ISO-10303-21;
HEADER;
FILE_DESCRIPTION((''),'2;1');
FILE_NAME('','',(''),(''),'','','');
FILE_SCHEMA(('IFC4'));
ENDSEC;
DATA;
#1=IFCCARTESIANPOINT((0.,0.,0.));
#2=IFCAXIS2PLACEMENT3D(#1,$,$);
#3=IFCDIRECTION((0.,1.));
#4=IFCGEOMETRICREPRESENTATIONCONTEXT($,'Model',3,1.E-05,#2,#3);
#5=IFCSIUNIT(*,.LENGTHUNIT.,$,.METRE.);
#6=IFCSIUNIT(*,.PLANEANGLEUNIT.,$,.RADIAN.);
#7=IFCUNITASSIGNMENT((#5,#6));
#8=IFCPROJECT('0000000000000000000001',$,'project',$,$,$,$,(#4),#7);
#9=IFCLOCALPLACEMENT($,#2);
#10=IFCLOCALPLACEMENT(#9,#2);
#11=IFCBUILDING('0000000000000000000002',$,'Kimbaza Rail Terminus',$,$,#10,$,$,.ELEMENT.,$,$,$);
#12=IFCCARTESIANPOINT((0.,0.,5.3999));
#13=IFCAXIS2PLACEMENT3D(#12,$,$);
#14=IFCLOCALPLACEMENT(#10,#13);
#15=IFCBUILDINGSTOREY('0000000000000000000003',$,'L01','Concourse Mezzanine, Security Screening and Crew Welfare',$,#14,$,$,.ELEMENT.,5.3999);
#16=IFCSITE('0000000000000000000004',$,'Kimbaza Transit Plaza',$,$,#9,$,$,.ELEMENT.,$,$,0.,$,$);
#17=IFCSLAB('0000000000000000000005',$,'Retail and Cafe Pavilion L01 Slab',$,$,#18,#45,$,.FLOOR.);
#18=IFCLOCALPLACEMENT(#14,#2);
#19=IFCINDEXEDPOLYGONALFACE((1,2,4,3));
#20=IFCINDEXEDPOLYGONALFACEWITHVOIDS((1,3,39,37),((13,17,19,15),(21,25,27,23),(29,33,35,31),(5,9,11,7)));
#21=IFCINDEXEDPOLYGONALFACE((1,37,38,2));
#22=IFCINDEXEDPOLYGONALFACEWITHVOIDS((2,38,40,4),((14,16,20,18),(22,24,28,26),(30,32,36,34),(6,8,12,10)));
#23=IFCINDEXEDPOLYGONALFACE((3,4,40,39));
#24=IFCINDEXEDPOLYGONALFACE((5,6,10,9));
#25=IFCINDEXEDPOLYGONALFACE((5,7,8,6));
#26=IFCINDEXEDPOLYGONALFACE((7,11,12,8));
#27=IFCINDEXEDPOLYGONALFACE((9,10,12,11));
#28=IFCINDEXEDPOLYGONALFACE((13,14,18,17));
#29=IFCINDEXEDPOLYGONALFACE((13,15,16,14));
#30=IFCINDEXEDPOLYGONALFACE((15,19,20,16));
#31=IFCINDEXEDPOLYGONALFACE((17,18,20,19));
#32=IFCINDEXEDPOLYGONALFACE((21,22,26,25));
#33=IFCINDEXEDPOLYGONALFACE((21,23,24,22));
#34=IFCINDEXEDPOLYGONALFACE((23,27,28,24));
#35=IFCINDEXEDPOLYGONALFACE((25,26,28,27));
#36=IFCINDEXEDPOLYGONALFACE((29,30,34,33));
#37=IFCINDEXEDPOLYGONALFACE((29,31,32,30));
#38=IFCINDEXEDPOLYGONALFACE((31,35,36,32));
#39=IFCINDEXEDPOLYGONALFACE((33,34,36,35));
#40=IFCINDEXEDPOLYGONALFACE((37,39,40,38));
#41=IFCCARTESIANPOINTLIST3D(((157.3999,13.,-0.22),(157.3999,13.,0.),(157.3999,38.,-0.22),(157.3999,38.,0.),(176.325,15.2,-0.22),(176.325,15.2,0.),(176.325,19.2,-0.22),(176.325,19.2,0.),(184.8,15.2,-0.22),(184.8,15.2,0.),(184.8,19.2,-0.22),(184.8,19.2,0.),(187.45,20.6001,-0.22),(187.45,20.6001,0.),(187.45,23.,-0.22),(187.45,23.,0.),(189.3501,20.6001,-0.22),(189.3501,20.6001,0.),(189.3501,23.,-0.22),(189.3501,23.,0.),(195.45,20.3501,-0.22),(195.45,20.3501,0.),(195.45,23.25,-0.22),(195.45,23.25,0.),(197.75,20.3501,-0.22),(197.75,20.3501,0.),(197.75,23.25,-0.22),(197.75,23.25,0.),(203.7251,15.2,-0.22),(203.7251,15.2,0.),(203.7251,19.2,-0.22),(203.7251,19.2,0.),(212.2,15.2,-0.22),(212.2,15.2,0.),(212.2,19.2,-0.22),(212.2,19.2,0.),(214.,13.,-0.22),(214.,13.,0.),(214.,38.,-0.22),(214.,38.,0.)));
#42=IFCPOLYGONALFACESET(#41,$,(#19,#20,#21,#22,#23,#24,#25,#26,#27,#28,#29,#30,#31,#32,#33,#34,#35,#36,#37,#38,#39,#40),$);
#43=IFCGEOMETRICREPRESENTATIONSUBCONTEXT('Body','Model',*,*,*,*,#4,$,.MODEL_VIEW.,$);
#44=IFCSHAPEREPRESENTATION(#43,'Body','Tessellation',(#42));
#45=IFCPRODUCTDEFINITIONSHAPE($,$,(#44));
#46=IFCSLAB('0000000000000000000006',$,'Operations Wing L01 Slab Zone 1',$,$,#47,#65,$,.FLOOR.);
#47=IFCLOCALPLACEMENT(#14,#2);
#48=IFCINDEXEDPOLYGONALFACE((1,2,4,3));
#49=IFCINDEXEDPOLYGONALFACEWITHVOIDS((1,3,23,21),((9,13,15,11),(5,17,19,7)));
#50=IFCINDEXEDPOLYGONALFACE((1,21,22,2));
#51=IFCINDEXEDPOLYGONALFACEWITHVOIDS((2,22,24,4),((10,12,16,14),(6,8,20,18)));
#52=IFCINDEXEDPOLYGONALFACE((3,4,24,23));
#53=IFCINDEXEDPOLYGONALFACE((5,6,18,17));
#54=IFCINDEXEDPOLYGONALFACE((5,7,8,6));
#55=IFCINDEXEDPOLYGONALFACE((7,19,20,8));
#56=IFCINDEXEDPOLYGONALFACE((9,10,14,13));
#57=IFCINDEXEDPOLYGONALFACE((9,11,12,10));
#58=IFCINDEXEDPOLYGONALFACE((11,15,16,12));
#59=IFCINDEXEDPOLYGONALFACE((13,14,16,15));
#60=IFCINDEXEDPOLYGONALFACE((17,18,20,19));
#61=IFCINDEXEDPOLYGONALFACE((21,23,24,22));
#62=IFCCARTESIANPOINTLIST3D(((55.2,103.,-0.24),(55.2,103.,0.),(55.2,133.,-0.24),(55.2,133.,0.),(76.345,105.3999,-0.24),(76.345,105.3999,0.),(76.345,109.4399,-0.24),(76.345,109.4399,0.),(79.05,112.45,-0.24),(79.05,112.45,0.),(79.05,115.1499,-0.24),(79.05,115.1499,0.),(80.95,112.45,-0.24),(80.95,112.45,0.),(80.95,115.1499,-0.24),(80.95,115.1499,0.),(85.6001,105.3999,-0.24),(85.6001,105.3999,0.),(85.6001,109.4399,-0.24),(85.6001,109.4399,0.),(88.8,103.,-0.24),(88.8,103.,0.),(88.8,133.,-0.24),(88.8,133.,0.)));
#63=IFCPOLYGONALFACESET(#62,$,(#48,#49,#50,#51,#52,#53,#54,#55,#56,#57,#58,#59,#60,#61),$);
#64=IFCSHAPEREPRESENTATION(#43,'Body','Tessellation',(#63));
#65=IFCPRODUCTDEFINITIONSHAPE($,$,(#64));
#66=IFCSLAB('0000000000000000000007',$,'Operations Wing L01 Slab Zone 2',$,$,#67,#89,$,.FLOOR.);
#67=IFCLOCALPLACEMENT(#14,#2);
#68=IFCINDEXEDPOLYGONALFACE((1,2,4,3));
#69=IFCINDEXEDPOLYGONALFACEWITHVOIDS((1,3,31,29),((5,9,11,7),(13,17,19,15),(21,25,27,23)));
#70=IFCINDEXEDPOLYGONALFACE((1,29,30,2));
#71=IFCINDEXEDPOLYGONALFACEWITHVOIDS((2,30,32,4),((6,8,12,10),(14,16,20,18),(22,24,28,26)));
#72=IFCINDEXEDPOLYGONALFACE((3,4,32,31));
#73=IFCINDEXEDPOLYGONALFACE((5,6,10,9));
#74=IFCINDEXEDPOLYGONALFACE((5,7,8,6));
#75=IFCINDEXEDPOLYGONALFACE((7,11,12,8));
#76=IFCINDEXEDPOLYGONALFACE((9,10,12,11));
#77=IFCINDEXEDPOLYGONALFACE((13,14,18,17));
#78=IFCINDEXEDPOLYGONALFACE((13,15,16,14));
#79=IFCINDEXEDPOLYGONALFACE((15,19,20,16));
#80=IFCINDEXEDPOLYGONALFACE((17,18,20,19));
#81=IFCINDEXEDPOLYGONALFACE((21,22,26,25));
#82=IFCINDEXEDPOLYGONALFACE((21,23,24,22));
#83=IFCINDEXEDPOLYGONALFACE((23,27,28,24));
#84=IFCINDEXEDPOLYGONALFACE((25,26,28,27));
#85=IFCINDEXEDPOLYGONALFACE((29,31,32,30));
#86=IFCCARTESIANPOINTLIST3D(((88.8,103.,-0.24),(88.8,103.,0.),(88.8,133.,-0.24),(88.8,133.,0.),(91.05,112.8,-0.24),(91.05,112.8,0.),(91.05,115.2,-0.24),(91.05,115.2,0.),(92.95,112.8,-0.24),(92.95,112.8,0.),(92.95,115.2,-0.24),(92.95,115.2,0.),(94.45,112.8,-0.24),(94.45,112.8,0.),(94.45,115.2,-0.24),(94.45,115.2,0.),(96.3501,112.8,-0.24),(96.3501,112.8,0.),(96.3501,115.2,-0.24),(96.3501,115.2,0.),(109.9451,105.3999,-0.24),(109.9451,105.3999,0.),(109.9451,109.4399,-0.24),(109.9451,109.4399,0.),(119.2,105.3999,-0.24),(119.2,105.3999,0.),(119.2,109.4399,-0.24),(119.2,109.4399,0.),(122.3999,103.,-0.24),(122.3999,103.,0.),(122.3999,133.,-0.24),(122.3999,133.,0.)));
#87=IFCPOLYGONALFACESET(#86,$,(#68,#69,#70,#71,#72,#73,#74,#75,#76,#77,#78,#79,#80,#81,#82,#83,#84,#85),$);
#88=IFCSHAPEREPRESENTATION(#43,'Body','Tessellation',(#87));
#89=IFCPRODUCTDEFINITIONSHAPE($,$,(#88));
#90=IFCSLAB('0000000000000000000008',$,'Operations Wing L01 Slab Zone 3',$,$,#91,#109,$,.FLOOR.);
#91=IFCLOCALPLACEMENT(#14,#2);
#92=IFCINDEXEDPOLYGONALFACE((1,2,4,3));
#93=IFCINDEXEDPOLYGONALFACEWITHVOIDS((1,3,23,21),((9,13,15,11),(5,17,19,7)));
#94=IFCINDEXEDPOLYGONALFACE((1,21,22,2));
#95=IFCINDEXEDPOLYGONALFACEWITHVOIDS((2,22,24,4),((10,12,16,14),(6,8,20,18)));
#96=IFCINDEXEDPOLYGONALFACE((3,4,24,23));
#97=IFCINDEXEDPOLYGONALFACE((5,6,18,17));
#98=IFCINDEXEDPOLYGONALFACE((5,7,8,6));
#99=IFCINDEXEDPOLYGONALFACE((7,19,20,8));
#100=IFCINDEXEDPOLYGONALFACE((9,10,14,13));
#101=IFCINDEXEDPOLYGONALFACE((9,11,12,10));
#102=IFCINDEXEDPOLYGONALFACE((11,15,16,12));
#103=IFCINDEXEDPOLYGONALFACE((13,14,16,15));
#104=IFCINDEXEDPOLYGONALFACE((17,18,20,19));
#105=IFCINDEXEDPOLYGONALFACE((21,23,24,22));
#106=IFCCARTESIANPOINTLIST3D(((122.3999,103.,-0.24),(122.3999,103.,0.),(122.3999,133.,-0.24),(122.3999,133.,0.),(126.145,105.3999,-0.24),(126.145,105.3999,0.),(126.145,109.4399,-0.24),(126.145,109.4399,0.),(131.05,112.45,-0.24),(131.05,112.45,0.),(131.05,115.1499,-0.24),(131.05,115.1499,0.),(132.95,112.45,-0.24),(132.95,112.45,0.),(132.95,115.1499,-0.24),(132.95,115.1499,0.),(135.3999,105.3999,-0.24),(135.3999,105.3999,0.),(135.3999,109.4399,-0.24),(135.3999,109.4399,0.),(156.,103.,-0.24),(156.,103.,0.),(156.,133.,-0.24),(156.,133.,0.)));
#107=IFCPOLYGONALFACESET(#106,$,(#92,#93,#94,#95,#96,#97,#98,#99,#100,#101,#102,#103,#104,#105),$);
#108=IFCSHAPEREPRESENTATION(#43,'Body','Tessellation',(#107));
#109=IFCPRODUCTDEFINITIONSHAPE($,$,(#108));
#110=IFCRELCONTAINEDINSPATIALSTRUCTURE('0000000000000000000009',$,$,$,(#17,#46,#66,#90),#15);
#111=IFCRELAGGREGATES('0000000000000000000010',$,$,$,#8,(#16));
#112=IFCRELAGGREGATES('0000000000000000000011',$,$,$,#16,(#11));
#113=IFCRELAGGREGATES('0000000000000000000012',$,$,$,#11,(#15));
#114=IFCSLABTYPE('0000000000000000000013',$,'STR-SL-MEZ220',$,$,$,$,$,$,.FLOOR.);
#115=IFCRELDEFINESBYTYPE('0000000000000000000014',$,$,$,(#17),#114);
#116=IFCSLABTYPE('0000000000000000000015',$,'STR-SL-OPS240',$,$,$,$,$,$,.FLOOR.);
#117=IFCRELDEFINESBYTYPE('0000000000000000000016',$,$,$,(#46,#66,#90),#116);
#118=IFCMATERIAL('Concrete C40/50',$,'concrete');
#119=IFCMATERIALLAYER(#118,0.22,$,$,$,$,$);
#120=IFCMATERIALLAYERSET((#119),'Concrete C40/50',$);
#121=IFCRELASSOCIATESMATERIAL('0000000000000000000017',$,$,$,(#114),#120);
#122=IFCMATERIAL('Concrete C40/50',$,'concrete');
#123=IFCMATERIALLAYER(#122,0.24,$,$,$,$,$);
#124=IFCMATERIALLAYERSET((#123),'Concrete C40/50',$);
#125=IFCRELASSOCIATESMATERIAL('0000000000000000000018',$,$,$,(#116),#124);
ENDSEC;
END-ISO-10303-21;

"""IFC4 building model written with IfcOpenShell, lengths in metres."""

from ifc_helpers import new_model, si_unit, direction, frame, origin, place, context, subcontext, project, spatial, polyline, outline, extrude, material, layer, layer_set, type_object, element, save


model = new_model("IFC4")

# Units and contexts
model_context = context("Model", 3, precision=1e-05, world=origin(), true_north=direction((0.0, 1.0)))
body_context = subcontext(model_context, "Body", "Model", "MODEL_VIEW")
ifc_project = project(units=[si_unit("LENGTHUNIT", "METRE"), si_unit("PLANEANGLEUNIT", "RADIAN")], contexts=[model_context])

# Site, building, storey
site_placement = place(None, origin())
site = spatial("IfcSite", under=ifc_project, at=site_placement, Name="Kimbaza Transit Plaza", CompositionType="ELEMENT", RefElevation=0.0)
building_placement = place(site_placement, origin())
building = spatial("IfcBuilding", under=site, at=building_placement, Name="Kimbaza Rail Terminus", CompositionType="ELEMENT")
storey_placement = place(building_placement, frame((0.0, 0.0, 5.3999)))
storey = spatial("IfcBuildingStorey", under=building, at=storey_placement, Name="L01", Description="Concourse Mezzanine, Security Screening and Crew Welfare", CompositionType="ELEMENT", Elevation=5.3999)

# Slabs
ifc_material_1 = material(Name="Concrete C40/50", Category="concrete")
ifc_layer_1 = layer(ifc_material_1, 0.22)
ifc_layer_set_1 = layer_set([ifc_layer_1], Name="Concrete C40/50")
slab_type_1 = type_object("IfcSlabType", Name="STR-SL-MEZ220", PredefinedType="FLOOR", material=ifc_layer_set_1)
slab_1_placement = place(storey_placement, frame((0.0, 0.0, -0.22)))
element("IfcSlab", 1, at=slab_1_placement, inside=storey, type_object=slab_type_1, Name="Retail and Cafe Pavilion L01 Slab", PredefinedType="FLOOR", context=body_context, shape_type="SweptSolid", body=[
    extrude(outline(polyline([(157.3999, 13.0), (214.0, 13.0), (214.0, 38.0), (157.3999, 38.0), (157.3999, 13.0)]), holes=[polyline([(176.325, 15.2), (184.8, 15.2), (184.8, 19.2), (176.325, 19.2), (176.325, 15.2)]), polyline([(203.7251, 15.2), (212.2, 15.2), (212.2, 19.2), (203.7251, 19.2), (203.7251, 15.2)]), polyline([(187.45, 20.6001), (189.3501, 20.6001), (189.3501, 23.0), (187.45, 23.0), (187.45, 20.6001)]), polyline([(195.45, 20.3501), (197.75, 20.3501), (197.75, 23.25), (195.45, 23.25), (195.45, 20.3501)])]), origin(), (0.0, 0.0, 1.0), 0.22),
])
ifc_material_2 = material(Name="Concrete C40/50", Category="concrete")
ifc_layer_2 = layer(ifc_material_2, 0.24)
ifc_layer_set_2 = layer_set([ifc_layer_2], Name="Concrete C40/50")
slab_type_2 = type_object("IfcSlabType", Name="STR-SL-OPS240", PredefinedType="FLOOR", material=ifc_layer_set_2)
slab_2_placement = place(storey_placement, frame((0.0, 0.0, -0.24)))
element("IfcSlab", 2, at=slab_2_placement, inside=storey, type_object=slab_type_2, Name="Operations Wing L01 Slab Zone 1", PredefinedType="FLOOR", context=body_context, shape_type="SweptSolid", body=[
    extrude(outline(polyline([(55.2, 103.0), (88.8, 103.0), (88.8, 133.0), (55.2, 133.0), (55.2, 103.0)]), holes=[polyline([(76.345, 105.3999), (85.6001, 105.3999), (85.6001, 109.4399), (76.345, 109.4399), (76.345, 105.3999)]), polyline([(79.05, 112.45), (80.95, 112.45), (80.95, 115.1499), (79.05, 115.1499), (79.05, 112.45)])]), origin(), (0.0, 0.0, 1.0), 0.24),
])
slab_3_placement = place(storey_placement, frame((0.0, 0.0, -0.24)))
element("IfcSlab", 3, at=slab_3_placement, inside=storey, type_object=slab_type_2, Name="Operations Wing L01 Slab Zone 2", PredefinedType="FLOOR", context=body_context, shape_type="SweptSolid", body=[
    extrude(outline(polyline([(88.8, 103.0), (122.3999, 103.0), (122.3999, 133.0), (88.8, 133.0), (88.8, 103.0)]), holes=[polyline([(109.9451, 105.3999), (119.2, 105.3999), (119.2, 109.4399), (109.9451, 109.4399), (109.9451, 105.3999)]), polyline([(91.05, 112.8), (92.95, 112.8), (92.95, 115.2), (91.05, 115.2), (91.05, 112.8)]), polyline([(94.45, 112.8), (96.3501, 112.8), (96.3501, 115.2), (94.45, 115.2), (94.45, 112.8)])]), origin(), (0.0, 0.0, 1.0), 0.24),
])
slab_4_placement = place(storey_placement, frame((0.0, 0.0, -0.24)))
element("IfcSlab", 4, at=slab_4_placement, inside=storey, type_object=slab_type_2, Name="Operations Wing L01 Slab Zone 3", PredefinedType="FLOOR", context=body_context, shape_type="SweptSolid", body=[
    extrude(outline(polyline([(122.3999, 103.0), (156.0, 103.0), (156.0, 133.0), (122.3999, 133.0), (122.3999, 103.0)]), holes=[polyline([(126.145, 105.3999), (135.3999, 105.3999), (135.3999, 109.4399), (126.145, 109.4399), (126.145, 105.3999)]), polyline([(131.05, 112.45), (132.95, 112.45), (132.95, 115.1499), (131.05, 115.1499), (131.05, 112.45)])]), origin(), (0.0, 0.0, 1.0), 0.24),
])

save(model, "model.ifc")
